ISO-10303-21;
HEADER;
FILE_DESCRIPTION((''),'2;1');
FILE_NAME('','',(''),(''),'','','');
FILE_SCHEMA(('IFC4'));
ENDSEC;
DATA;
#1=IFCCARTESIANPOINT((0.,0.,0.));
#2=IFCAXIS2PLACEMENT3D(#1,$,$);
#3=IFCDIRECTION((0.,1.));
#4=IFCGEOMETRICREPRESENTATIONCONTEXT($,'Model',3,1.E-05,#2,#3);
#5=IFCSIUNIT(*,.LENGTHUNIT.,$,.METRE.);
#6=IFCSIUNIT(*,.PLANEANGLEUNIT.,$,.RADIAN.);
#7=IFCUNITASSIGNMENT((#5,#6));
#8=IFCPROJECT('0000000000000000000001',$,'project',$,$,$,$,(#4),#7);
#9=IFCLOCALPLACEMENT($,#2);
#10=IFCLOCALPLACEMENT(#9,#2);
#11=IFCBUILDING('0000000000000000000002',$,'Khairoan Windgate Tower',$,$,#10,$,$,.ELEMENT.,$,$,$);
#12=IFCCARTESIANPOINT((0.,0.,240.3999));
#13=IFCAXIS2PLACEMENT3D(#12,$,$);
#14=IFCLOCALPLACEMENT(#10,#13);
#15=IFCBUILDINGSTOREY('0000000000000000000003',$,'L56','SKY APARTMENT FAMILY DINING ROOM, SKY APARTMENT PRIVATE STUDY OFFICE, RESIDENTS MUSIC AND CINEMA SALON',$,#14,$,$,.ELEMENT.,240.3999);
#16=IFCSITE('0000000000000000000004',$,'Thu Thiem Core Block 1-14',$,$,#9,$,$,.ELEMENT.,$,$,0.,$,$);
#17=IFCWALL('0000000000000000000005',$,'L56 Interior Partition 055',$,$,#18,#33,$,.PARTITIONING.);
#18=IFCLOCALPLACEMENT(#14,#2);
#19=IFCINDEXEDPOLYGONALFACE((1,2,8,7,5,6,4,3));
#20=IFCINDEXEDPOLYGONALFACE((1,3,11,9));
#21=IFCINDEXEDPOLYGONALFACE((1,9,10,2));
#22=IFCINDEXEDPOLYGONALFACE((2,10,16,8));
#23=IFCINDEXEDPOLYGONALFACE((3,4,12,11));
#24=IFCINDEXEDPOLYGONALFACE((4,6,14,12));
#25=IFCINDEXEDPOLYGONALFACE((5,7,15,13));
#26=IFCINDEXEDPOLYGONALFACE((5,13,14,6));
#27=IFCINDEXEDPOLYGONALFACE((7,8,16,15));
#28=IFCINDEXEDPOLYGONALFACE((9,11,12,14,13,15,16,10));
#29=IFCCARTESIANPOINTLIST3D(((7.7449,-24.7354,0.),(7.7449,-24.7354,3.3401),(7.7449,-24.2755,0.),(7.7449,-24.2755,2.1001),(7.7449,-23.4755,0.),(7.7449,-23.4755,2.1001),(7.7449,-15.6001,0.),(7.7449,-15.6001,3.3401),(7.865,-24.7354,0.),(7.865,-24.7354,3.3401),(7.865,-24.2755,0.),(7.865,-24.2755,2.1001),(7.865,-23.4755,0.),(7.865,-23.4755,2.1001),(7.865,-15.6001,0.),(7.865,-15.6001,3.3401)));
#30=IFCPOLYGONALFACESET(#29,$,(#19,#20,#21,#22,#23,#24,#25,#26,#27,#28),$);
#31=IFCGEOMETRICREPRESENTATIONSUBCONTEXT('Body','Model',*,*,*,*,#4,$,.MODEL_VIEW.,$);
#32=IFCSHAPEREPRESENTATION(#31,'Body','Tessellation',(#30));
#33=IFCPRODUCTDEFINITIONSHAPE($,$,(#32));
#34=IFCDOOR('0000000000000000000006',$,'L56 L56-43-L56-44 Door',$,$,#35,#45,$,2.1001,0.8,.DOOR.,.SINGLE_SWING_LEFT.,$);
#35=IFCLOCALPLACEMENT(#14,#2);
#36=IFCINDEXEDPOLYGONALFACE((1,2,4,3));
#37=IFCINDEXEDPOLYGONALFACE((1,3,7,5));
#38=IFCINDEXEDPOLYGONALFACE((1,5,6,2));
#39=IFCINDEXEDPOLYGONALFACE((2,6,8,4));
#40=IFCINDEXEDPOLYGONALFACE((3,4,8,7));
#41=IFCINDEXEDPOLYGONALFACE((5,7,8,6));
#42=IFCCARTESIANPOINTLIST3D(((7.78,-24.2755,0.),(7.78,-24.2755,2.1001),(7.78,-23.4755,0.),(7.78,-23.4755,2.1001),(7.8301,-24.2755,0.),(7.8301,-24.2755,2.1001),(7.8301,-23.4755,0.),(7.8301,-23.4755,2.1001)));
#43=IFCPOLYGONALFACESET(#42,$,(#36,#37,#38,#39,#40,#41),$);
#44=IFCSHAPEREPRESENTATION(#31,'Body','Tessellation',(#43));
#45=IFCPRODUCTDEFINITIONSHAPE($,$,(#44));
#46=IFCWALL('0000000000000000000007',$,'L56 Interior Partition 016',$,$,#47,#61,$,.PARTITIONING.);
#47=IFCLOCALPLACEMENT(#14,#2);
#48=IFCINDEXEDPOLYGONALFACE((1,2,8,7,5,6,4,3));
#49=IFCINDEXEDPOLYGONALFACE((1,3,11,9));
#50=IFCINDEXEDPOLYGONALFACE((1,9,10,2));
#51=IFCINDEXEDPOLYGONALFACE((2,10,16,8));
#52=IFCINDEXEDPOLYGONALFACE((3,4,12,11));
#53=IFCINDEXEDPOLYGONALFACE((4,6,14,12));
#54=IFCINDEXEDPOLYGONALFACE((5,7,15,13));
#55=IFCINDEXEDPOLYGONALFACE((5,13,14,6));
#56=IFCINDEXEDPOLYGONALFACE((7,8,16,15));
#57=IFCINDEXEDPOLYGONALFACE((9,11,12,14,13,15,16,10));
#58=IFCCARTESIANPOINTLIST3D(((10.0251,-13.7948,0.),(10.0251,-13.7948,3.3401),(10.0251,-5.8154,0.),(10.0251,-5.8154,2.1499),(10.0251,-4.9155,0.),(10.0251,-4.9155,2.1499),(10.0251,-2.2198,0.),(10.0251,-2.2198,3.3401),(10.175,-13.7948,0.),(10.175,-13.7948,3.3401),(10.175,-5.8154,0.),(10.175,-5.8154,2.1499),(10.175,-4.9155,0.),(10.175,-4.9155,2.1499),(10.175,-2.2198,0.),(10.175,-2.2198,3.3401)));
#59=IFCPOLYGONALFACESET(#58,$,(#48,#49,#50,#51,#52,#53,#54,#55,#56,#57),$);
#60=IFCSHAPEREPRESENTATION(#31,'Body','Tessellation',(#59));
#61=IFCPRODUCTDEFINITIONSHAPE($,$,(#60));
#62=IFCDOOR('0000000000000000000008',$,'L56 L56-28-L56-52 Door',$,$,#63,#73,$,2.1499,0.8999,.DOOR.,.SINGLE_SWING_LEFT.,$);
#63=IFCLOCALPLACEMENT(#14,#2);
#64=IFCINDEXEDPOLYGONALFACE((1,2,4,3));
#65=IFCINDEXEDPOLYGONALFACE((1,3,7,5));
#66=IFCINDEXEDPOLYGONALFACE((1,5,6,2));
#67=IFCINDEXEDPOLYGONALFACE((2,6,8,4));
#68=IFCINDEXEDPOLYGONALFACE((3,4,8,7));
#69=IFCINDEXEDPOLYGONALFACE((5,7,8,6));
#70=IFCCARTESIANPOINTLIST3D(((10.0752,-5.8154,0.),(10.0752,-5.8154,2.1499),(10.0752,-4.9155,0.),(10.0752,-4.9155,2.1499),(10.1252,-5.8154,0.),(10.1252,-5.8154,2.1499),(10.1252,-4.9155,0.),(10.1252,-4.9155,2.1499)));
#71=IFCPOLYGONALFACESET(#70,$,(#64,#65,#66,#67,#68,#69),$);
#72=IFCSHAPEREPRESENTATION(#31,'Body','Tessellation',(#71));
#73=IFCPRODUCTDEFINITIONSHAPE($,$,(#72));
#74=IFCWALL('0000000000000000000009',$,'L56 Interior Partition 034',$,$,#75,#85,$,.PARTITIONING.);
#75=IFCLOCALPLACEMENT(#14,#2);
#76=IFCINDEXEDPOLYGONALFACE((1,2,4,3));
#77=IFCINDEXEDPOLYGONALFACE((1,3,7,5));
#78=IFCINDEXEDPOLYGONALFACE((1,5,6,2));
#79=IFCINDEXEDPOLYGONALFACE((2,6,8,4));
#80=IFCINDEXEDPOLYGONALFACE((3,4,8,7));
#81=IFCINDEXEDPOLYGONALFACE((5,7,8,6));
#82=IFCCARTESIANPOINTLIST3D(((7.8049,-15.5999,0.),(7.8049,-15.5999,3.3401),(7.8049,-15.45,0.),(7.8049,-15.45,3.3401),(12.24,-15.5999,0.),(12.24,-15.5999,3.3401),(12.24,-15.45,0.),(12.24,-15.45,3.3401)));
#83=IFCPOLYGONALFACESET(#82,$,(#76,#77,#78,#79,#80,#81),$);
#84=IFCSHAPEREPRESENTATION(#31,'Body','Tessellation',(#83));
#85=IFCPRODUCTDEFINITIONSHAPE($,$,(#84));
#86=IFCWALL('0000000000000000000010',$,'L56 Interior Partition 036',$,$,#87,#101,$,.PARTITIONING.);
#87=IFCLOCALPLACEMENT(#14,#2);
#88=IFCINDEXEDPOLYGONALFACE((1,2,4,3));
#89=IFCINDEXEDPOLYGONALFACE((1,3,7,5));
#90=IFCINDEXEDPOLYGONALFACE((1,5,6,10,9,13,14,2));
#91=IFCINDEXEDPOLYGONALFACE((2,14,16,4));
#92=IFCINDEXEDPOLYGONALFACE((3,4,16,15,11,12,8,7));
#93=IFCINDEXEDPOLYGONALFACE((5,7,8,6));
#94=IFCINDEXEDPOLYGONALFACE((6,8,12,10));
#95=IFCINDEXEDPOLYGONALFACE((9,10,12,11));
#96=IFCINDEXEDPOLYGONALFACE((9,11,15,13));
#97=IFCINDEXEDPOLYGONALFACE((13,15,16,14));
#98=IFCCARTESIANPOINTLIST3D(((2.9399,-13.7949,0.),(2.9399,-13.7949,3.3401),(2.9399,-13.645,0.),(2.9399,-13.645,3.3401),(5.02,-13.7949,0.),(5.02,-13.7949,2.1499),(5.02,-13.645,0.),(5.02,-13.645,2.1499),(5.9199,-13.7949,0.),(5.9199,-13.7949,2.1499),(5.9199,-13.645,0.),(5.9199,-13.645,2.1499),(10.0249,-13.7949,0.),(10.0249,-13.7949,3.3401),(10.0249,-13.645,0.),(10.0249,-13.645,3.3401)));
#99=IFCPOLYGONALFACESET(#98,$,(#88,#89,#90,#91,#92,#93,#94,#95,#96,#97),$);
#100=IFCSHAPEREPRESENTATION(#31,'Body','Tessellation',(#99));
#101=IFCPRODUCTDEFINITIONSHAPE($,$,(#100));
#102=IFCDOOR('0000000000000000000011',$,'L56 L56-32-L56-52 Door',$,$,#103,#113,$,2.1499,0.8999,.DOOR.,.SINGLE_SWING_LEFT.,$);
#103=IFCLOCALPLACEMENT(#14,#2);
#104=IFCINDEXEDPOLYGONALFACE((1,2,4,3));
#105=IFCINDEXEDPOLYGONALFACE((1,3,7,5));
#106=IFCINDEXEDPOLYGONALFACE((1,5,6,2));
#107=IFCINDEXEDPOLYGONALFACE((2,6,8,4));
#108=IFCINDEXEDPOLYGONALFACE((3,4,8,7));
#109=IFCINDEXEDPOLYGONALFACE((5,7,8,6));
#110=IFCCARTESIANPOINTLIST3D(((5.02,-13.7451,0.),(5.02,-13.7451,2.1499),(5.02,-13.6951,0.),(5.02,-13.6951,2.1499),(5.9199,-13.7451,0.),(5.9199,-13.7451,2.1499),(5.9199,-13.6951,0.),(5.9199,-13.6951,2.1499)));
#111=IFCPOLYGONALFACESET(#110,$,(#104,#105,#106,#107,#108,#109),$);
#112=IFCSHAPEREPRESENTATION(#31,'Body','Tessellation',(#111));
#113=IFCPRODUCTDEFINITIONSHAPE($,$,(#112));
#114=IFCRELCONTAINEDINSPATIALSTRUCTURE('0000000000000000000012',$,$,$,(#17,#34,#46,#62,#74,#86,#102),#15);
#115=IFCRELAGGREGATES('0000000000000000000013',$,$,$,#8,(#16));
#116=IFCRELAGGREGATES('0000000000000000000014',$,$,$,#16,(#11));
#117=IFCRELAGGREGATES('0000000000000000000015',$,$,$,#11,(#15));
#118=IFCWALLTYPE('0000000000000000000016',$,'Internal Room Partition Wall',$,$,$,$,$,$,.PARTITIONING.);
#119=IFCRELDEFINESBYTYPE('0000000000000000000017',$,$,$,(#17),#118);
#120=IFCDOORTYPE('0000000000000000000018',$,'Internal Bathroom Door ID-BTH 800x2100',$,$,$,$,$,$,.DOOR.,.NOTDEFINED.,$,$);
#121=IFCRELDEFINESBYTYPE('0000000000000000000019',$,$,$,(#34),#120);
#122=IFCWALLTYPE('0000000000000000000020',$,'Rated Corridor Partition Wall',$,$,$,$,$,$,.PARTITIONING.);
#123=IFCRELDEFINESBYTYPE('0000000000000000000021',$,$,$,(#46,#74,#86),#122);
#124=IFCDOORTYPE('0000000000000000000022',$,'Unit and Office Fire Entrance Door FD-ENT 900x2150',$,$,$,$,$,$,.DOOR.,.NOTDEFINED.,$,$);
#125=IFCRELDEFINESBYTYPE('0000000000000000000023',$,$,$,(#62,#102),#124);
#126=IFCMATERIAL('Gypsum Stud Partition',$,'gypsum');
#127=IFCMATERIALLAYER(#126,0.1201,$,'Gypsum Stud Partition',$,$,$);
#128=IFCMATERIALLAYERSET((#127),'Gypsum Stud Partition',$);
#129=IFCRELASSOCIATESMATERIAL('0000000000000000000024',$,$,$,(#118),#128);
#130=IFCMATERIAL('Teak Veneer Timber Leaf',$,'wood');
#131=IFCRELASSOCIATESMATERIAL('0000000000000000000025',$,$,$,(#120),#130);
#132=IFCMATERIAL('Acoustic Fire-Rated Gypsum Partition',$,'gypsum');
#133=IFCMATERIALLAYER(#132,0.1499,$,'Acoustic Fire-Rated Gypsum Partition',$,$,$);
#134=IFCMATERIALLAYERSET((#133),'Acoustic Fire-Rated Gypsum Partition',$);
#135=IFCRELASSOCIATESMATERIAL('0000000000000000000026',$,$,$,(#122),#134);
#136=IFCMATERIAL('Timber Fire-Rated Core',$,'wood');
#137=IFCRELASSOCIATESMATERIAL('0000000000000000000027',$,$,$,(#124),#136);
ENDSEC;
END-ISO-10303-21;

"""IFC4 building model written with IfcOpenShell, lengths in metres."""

from ifc_helpers import new_model, si_unit, direction, frame, frame_2d, origin, place, context, subcontext, project, spatial, rectangle, extrude, material, layer, layer_set, type_object, element, fill, save


model = new_model("IFC4")

# Units and contexts
model_context = context("Model", 3, precision=1e-05, world=origin(), true_north=direction((0.0, 1.0)))
body_context = subcontext(model_context, "Body", "Model", "MODEL_VIEW")
ifc_project = project(units=[si_unit("LENGTHUNIT", "METRE"), si_unit("PLANEANGLEUNIT", "RADIAN")], contexts=[model_context])

# Site, building, storey
site_placement = place(None, origin())
site = spatial("IfcSite", under=ifc_project, at=site_placement, Name="Thu Thiem Core Block 1-14", CompositionType="ELEMENT", RefElevation=0.0)
building_placement = place(site_placement, origin())
building = spatial("IfcBuilding", under=site, at=building_placement, Name="Khairoan Windgate Tower", CompositionType="ELEMENT")
storey_placement = place(building_placement, frame((0.0, 0.0, 240.3999)))
storey = spatial("IfcBuildingStorey", under=building, at=storey_placement, Name="L56", Description="SKY APARTMENT FAMILY DINING ROOM, SKY APARTMENT PRIVATE STUDY OFFICE, RESIDENTS MUSIC AND CINEMA SALON", CompositionType="ELEMENT", Elevation=240.3999)

# Walls, openings, doors
ifc_material_1 = material(Name="Gypsum Stud Partition", Category="gypsum")
ifc_layer_1 = layer(ifc_material_1, 0.1201, Name="Gypsum Stud Partition")
ifc_layer_set_1 = layer_set([ifc_layer_1], Name="Gypsum Stud Partition")
wall_type_1 = type_object("IfcWallType", Name="Internal Room Partition Wall", PredefinedType="PARTITIONING", material=ifc_layer_set_1)
wall_1_placement = place(storey_placement, frame((7.8049, -24.7354, 0.0), z_axis=(0.0, 0.0, 1.0), x_axis=(0.0, 1.0, 0.0)))
wall_1 = element("IfcWall", 1, at=wall_1_placement, inside=storey, type_object=wall_type_1, Name="L56 Interior Partition 055", PredefinedType="PARTITIONING", context=body_context, shape_type="SweptSolid", body=[
    extrude(rectangle(XDim=9.1353, YDim=0.1201, at=frame_2d((4.5676, 0.0))), origin(), (0.0, 0.0, 1.0), 3.3401),
])
opening_1_placement = place(wall_1_placement, frame((0.46, 0.0, 0.0)))
opening_1 = element("IfcOpeningElement", 2, at=opening_1_placement, cuts=wall_1, PredefinedType="OPENING", context=body_context, shape_type="SweptSolid", body=[
    extrude(rectangle(XDim=0.8, YDim=2.1001, at=frame_2d((0.3999, 1.05))), frame((0.0, 0.0701, 0.0), z_axis=(0.0, -1.0, 0.0), x_axis=(1.0, 0.0, 0.0)), (0.0, 0.0, 1.0), 0.1401),
])
ifc_material_2 = material(Name="Teak Veneer Timber Leaf", Category="wood")
door_type_1 = type_object("IfcDoorType", Name="Internal Bathroom Door ID-BTH 800x2100", OperationType="NOTDEFINED", PredefinedType="DOOR", material=ifc_material_2)
door_1_placement = place(opening_1_placement, origin())
door_1 = element("IfcDoor", 3, at=door_1_placement, inside=storey, type_object=door_type_1, Name="L56 L56-43-L56-44 Door", OperationType="SINGLE_SWING_LEFT", OverallHeight=2.1001, OverallWidth=0.8, PredefinedType="DOOR", context=body_context, shape_type="SweptSolid", body=[
    extrude(rectangle(XDim=0.8, YDim=2.1001, at=frame_2d((0.3999, 1.05))), frame((0.0, 0.0249, 0.0), z_axis=(0.0, -1.0, 0.0), x_axis=(1.0, 0.0, 0.0)), (0.0, 0.0, 1.0), 0.05),
])
fill(opening_1, door_1)
ifc_material_3 = material(Name="Acoustic Fire-Rated Gypsum Partition", Category="gypsum")
ifc_layer_2 = layer(ifc_material_3, 0.1499, Name="Acoustic Fire-Rated Gypsum Partition")
ifc_layer_set_2 = layer_set([ifc_layer_2], Name="Acoustic Fire-Rated Gypsum Partition")
wall_type_2 = type_object("IfcWallType", Name="Rated Corridor Partition Wall", PredefinedType="PARTITIONING", material=ifc_layer_set_2)
wall_2_placement = place(storey_placement, frame((10.1001, -13.7949, 0.0), z_axis=(0.0, 0.0, 1.0), x_axis=(0.0, 1.0, 0.0)))
wall_2 = element("IfcWall", 4, at=wall_2_placement, inside=storey, type_object=wall_type_2, Name="L56 Interior Partition 016", PredefinedType="PARTITIONING", context=body_context, shape_type="SweptSolid", body=[
    extrude(rectangle(XDim=11.575, YDim=0.1499, at=frame_2d((5.7876, 0.0))), origin(), (0.0, 0.0, 1.0), 3.3401),
])
opening_2_placement = place(wall_2_placement, frame((7.9795, 0.0, 0.0)))
opening_2 = element("IfcOpeningElement", 5, at=opening_2_placement, cuts=wall_2, PredefinedType="OPENING", context=body_context, shape_type="SweptSolid", body=[
    extrude(rectangle(XDim=0.8999, YDim=2.1499, at=frame_2d((0.45, 1.075))), frame((0.0, 0.085, 0.0), z_axis=(0.0, -1.0, 0.0), x_axis=(1.0, 0.0, 0.0)), (0.0, 0.0, 1.0), 0.1699),
])
ifc_material_4 = material(Name="Timber Fire-Rated Core", Category="wood")
door_type_2 = type_object("IfcDoorType", Name="Unit and Office Fire Entrance Door FD-ENT 900x2150", OperationType="NOTDEFINED", PredefinedType="DOOR", material=ifc_material_4)
door_2_placement = place(opening_2_placement, origin())
door_2 = element("IfcDoor", 6, at=door_2_placement, inside=storey, type_object=door_type_2, Name="L56 L56-28-L56-52 Door", OperationType="SINGLE_SWING_LEFT", OverallHeight=2.1499, OverallWidth=0.8999, PredefinedType="DOOR", context=body_context, shape_type="SweptSolid", body=[
    extrude(rectangle(XDim=0.8999, YDim=2.1499, at=frame_2d((0.45, 1.075))), frame((0.0, 0.0249, 0.0), z_axis=(0.0, -1.0, 0.0), x_axis=(1.0, 0.0, 0.0)), (0.0, 0.0, 1.0), 0.05),
])
fill(opening_2, door_2)

# Wall
wall_3_placement = place(storey_placement, frame((7.8049, -15.5249, 0.0), z_axis=(0.0, 0.0, 1.0), x_axis=(1.0, 0.0, 0.0)))
element("IfcWall", 7, at=wall_3_placement, inside=storey, type_object=wall_type_2, Name="L56 Interior Partition 034", PredefinedType="PARTITIONING", context=body_context, shape_type="SweptSolid", body=[
    extrude(rectangle(XDim=4.4351, YDim=0.1499, at=frame_2d((2.2175, 0.0))), origin(), (0.0, 0.0, 1.0), 3.3401),
])

# Wall, opening, door
wall_4_placement = place(storey_placement, frame((2.9399, -13.72, 0.0), z_axis=(0.0, 0.0, 1.0), x_axis=(1.0, 0.0, 0.0)))
wall_4 = element("IfcWall", 8, at=wall_4_placement, inside=storey, type_object=wall_type_2, Name="L56 Interior Partition 036", PredefinedType="PARTITIONING", context=body_context, shape_type="SweptSolid", body=[
    extrude(rectangle(XDim=7.085, YDim=0.1499, at=frame_2d((3.5425, 0.0))), origin(), (0.0, 0.0, 1.0), 3.3401),
])
opening_3_placement = place(wall_4_placement, frame((2.0801, 0.0, 0.0)))
opening_3 = element("IfcOpeningElement", 9, at=opening_3_placement, cuts=wall_4, PredefinedType="OPENING", context=body_context, shape_type="SweptSolid", body=[
    extrude(rectangle(XDim=0.8999, YDim=2.1499, at=frame_2d((0.45, 1.075))), frame((0.0, 0.085, 0.0), z_axis=(0.0, -1.0, 0.0), x_axis=(1.0, 0.0, 0.0)), (0.0, 0.0, 1.0), 0.1699),
])
door_3_placement = place(opening_3_placement, origin())
door_3 = element("IfcDoor", 10, at=door_3_placement, inside=storey, type_object=door_type_2, Name="L56 L56-32-L56-52 Door", OperationType="SINGLE_SWING_LEFT", OverallHeight=2.1499, OverallWidth=0.8999, PredefinedType="DOOR", context=body_context, shape_type="SweptSolid", body=[
    extrude(rectangle(XDim=0.8999, YDim=2.1499, at=frame_2d((0.45, 1.075))), frame((0.0, 0.0249, 0.0), z_axis=(0.0, -1.0, 0.0), x_axis=(1.0, 0.0, 0.0)), (0.0, 0.0, 1.0), 0.05),
])
fill(opening_3, door_3)

save(model, "model.ifc")
